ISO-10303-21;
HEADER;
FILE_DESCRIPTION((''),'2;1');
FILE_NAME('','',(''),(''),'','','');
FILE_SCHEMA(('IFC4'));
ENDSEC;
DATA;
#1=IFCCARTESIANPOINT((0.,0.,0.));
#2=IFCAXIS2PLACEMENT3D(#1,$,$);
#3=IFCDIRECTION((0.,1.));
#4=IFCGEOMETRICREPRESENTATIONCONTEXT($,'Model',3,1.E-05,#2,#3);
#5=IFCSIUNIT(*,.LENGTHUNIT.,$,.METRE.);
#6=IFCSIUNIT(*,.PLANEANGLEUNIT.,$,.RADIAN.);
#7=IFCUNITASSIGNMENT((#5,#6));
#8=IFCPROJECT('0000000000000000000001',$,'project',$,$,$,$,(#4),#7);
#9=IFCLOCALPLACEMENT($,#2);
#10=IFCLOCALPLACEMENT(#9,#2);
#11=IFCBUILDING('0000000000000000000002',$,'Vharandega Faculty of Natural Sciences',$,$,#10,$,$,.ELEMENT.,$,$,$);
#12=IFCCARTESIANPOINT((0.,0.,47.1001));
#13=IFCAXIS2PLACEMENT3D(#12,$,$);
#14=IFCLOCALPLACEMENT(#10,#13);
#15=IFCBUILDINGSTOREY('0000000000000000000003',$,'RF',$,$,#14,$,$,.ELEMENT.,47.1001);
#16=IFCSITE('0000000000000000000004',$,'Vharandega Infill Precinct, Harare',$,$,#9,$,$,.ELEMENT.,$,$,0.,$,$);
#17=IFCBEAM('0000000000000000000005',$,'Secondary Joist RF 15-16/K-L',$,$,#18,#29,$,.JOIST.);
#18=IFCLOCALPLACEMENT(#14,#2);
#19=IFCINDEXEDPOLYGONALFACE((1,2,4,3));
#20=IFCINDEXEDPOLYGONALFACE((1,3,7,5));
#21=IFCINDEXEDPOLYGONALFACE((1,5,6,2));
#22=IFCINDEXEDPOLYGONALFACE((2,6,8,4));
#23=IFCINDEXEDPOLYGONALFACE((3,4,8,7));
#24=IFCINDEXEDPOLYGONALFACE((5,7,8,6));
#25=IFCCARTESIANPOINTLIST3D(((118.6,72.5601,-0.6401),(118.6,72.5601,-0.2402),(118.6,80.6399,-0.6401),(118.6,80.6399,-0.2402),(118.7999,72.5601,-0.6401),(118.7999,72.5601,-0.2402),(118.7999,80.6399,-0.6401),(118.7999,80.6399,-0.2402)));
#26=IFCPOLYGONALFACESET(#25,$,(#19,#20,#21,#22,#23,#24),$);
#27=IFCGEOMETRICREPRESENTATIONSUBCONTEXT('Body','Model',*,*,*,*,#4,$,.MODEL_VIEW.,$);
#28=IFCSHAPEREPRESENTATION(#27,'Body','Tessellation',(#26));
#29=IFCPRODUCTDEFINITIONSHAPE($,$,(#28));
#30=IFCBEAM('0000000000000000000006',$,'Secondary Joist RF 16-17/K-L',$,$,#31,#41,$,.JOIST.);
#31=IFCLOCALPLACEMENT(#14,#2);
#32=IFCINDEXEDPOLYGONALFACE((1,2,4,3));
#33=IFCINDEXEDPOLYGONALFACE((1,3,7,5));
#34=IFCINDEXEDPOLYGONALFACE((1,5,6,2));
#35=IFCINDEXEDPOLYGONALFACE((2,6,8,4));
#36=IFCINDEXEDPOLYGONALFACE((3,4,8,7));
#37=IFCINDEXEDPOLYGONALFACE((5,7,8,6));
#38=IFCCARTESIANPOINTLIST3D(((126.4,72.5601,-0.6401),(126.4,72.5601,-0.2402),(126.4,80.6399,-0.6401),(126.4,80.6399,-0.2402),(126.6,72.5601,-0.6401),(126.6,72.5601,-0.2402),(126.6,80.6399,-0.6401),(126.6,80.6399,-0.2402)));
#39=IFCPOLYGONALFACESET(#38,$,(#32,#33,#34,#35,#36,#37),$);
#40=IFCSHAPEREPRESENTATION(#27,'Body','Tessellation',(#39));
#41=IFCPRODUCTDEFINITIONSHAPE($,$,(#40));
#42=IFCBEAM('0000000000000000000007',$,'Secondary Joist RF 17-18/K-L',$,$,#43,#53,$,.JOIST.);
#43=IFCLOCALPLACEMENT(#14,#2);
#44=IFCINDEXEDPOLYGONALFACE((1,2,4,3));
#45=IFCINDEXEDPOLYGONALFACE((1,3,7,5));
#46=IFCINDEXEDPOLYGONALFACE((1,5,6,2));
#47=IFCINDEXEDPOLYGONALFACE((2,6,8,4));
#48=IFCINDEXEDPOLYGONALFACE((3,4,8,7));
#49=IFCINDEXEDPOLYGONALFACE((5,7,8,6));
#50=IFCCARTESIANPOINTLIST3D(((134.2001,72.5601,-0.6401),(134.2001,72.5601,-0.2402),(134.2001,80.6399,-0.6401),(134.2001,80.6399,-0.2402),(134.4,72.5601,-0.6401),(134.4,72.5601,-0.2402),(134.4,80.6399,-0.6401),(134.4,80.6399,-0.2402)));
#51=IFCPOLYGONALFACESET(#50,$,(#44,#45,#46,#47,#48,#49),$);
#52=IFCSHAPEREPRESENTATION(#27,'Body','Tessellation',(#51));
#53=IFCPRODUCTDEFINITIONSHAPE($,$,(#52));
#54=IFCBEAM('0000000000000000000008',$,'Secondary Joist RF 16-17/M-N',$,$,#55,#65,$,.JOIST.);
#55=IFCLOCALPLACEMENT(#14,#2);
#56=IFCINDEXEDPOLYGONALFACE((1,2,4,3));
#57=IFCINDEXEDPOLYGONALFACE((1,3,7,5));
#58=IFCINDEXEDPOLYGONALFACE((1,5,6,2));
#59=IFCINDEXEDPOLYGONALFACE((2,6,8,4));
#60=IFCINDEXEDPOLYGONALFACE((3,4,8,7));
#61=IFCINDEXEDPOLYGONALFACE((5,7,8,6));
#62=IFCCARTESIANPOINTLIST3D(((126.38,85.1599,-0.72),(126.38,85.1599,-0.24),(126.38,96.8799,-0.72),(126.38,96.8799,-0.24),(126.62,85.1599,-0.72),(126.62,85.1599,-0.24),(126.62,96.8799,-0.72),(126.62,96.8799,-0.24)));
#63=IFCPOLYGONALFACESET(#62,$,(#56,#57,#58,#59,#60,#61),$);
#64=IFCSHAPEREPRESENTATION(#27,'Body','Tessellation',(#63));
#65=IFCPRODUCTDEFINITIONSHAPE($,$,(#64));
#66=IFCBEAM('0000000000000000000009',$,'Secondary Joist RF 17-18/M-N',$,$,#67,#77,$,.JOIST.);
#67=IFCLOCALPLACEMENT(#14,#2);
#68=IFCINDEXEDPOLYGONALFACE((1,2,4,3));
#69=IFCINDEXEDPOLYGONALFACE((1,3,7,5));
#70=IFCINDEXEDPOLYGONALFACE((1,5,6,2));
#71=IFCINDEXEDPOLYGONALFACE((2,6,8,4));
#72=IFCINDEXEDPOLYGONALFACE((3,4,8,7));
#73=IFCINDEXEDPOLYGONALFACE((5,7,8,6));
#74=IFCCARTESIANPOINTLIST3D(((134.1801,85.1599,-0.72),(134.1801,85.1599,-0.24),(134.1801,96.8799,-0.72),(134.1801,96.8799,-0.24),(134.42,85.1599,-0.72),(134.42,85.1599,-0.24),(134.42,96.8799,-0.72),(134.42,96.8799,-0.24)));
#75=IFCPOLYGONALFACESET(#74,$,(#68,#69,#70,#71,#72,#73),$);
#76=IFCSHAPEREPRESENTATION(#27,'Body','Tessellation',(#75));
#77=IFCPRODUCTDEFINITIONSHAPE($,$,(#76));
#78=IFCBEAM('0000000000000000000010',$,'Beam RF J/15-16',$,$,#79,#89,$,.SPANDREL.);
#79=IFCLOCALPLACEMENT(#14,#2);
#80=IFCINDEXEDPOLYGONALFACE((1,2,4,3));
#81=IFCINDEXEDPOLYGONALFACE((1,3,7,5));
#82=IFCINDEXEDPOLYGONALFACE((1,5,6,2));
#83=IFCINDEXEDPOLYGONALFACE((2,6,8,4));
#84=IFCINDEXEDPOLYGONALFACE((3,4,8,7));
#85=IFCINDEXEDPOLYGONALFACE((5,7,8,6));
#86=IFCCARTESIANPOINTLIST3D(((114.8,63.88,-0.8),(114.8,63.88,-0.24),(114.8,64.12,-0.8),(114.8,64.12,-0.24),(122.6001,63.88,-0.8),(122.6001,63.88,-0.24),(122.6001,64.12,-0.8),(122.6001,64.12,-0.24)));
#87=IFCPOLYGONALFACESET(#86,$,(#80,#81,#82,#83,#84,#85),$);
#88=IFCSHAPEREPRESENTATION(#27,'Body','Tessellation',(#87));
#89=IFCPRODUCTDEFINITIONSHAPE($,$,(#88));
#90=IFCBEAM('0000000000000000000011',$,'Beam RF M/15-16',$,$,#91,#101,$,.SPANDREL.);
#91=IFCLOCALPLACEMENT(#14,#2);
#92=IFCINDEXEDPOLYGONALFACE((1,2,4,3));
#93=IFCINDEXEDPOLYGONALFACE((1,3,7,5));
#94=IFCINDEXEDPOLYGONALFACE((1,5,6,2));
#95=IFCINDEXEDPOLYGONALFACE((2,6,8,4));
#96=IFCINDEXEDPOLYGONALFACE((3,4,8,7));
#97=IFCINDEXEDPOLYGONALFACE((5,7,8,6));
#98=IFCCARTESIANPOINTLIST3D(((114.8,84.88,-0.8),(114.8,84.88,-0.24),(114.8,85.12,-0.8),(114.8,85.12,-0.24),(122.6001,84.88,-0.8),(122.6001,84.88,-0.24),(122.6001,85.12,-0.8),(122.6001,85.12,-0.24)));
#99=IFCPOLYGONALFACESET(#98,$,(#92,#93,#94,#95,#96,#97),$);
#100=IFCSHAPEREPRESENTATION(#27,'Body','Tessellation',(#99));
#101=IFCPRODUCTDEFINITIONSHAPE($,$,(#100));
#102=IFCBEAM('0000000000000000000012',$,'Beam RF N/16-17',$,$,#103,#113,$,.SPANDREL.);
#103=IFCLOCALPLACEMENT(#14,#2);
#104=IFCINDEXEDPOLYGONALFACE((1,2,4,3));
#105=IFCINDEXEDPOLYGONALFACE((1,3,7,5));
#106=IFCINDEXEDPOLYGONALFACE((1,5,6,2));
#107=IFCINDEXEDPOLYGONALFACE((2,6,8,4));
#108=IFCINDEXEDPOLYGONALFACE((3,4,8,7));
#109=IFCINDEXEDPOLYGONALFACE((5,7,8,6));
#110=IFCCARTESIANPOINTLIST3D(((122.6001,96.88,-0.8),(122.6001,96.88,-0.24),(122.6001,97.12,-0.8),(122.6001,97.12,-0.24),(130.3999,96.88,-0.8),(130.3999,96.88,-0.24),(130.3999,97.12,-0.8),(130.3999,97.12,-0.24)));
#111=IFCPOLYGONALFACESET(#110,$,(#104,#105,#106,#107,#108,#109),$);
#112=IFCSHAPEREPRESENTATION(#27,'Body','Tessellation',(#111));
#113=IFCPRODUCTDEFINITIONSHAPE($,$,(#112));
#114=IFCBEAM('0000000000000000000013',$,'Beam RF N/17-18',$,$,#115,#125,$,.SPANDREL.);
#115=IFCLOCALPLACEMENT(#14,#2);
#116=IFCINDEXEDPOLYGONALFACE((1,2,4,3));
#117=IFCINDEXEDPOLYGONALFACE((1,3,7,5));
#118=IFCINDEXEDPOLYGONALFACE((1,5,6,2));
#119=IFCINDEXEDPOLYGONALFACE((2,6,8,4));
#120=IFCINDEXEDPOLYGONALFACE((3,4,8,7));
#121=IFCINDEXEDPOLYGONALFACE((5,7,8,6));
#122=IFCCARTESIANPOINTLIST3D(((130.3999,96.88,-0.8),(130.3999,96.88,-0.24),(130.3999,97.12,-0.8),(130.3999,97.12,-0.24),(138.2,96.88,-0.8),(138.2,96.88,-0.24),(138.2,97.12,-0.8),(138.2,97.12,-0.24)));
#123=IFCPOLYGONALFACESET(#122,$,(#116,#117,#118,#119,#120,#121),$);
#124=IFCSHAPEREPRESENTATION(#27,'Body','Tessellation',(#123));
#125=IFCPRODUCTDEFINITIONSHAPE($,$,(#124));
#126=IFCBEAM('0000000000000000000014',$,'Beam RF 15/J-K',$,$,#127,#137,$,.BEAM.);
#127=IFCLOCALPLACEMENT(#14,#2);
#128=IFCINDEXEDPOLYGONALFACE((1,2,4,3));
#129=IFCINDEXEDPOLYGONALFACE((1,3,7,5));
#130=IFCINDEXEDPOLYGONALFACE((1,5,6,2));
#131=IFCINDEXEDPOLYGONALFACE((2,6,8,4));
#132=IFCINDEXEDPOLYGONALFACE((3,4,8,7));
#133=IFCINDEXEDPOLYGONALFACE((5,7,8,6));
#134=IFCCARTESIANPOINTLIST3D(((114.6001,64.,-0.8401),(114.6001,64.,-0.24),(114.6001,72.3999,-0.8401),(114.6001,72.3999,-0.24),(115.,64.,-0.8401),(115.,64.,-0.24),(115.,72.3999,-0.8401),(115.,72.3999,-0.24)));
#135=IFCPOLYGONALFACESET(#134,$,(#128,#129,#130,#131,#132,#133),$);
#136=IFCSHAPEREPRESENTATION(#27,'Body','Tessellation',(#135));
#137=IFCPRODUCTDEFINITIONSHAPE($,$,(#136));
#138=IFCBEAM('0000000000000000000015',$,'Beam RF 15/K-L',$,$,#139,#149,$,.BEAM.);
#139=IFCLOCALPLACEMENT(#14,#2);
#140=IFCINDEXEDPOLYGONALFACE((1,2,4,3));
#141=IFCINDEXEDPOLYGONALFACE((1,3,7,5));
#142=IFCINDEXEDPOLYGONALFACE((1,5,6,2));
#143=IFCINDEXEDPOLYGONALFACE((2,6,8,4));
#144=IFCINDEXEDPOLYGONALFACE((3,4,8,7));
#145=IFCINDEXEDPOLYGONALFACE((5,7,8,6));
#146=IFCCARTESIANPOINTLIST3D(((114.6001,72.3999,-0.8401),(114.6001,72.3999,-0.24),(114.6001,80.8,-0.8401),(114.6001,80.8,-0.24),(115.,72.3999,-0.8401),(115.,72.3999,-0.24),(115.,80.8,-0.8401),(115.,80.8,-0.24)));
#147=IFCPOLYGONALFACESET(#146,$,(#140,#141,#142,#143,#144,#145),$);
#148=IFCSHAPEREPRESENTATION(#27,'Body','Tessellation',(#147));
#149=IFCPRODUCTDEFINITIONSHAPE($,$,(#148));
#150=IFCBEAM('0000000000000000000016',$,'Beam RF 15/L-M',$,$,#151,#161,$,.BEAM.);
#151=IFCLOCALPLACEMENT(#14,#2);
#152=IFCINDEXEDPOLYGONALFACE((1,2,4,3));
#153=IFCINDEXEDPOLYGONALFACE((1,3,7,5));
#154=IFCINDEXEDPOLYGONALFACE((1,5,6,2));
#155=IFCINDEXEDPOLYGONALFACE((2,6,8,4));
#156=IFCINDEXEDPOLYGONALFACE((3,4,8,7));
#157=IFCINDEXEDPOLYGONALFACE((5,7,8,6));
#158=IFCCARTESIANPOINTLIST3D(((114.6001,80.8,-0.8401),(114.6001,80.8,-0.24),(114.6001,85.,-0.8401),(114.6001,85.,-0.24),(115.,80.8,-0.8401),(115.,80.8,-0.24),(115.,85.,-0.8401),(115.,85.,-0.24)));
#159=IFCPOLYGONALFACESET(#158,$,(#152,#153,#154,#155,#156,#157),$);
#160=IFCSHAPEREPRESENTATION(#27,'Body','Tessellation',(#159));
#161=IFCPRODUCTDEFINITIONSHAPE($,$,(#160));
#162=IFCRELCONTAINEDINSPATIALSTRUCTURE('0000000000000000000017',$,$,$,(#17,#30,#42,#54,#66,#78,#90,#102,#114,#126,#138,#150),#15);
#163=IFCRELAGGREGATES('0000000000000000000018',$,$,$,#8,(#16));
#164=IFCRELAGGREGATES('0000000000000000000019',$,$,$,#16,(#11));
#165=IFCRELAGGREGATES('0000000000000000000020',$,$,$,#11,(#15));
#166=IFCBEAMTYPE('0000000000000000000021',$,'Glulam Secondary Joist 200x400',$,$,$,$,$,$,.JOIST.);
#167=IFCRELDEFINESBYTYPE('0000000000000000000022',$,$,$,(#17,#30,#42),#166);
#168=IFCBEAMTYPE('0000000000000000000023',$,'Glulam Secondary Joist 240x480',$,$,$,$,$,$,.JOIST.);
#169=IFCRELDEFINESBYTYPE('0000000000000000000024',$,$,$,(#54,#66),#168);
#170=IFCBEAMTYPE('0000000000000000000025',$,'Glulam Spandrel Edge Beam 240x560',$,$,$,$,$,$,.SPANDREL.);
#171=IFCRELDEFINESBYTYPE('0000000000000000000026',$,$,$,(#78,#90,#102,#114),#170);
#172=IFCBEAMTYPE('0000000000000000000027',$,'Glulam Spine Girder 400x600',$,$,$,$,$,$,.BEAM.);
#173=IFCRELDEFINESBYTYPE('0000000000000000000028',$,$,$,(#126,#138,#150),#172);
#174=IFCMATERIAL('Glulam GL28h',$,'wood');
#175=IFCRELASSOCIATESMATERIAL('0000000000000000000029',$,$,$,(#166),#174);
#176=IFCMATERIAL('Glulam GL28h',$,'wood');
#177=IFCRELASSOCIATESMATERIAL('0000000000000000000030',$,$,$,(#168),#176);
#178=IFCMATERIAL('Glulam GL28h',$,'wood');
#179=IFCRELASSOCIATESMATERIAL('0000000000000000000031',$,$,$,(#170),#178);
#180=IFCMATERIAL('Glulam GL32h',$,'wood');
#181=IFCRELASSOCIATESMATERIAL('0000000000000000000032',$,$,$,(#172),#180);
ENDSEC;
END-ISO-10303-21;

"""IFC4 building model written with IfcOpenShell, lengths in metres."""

from ifc_helpers import new_model, si_unit, direction, frame, origin, origin_2d, place, context, subcontext, project, spatial, rectangle, extrude, material, material_profile, profile_set, type_object, element, save


model = new_model("IFC4")

# Units and contexts
model_context = context("Model", 3, precision=1e-05, world=origin(), true_north=direction((0.0, 1.0)))
body_context = subcontext(model_context, "Body", "Model", "MODEL_VIEW")
ifc_project = project(units=[si_unit("LENGTHUNIT", "METRE"), si_unit("PLANEANGLEUNIT", "RADIAN")], contexts=[model_context])

# Site, building, storey
site_placement = place(None, origin())
site = spatial("IfcSite", under=ifc_project, at=site_placement, Name="Vharandega Infill Precinct, Harare", CompositionType="ELEMENT", RefElevation=0.0)
building_placement = place(site_placement, origin())
building = spatial("IfcBuilding", under=site, at=building_placement, Name="Vharandega Faculty of Natural Sciences", CompositionType="ELEMENT")
storey_placement = place(building_placement, frame((0.0, 0.0, 47.1001)))
storey = spatial("IfcBuildingStorey", under=building, at=storey_placement, Name="RF", CompositionType="ELEMENT", Elevation=47.1001)

# Beams
ifc_material_1 = material(Name="Glulam GL28h", Category="wood")
ifc_material_profile_1 = material_profile(ifc_material_1, rectangle(XDim=0.2, YDim=0.3999, at=origin_2d()), Name="GL28h 200x400")
ifc_profile_set_1 = profile_set([ifc_material_profile_1], Name="Glulam GL28h")
beam_type_1 = type_object("IfcBeamType", Name="Glulam Secondary Joist 200x400", PredefinedType="JOIST", material=ifc_profile_set_1)
for number, where, z_axis, x_axis, name in (
    (1, (118.7, 72.5601, -0.4402), (0.0, 1.0, 0.0), (-1.0, 0.0, 0.0), "Secondary Joist RF 15-16/K-L"),
    (2, (126.5, 72.5601, -0.4402), (0.0, 1.0, 0.0), (-1.0, 0.0, 0.0), "Secondary Joist RF 16-17/K-L"),
    (3, (134.3, 72.5601, -0.4402), (0.0, 1.0, 0.0), (-1.0, 0.0, 0.0), "Secondary Joist RF 17-18/K-L"),
):
    element("IfcBeam", number, at=place(storey_placement, frame(where, z_axis=z_axis, x_axis=x_axis)), inside=storey, type_object=beam_type_1, Name=name, PredefinedType="JOIST", context=body_context, shape_type="SweptSolid", body=[
        extrude(rectangle(XDim=0.2, YDim=0.3999, at=origin_2d()), origin(), (0.0, 0.0, 1.0), 8.0798),
    ])
ifc_material_2 = material(Name="Glulam GL28h", Category="wood")
ifc_material_profile_2 = material_profile(ifc_material_2, rectangle(XDim=0.24, YDim=0.48, at=origin_2d()), Name="GL28h 240x480")
ifc_profile_set_2 = profile_set([ifc_material_profile_2], Name="Glulam GL28h")
beam_type_2 = type_object("IfcBeamType", Name="Glulam Secondary Joist 240x480", PredefinedType="JOIST", material=ifc_profile_set_2)
for number, where, z_axis, x_axis, name in (
    (4, (126.5, 85.1599, -0.48), (0.0, 1.0, 0.0), (-1.0, 0.0, 0.0), "Secondary Joist RF 16-17/M-N"),
    (5, (134.3, 85.1599, -0.48), (0.0, 1.0, 0.0), (-1.0, 0.0, 0.0), "Secondary Joist RF 17-18/M-N"),
):
    element("IfcBeam", number, at=place(storey_placement, frame(where, z_axis=z_axis, x_axis=x_axis)), inside=storey, type_object=beam_type_2, Name=name, PredefinedType="JOIST", context=body_context, shape_type="SweptSolid", body=[
        extrude(rectangle(XDim=0.24, YDim=0.48, at=origin_2d()), origin(), (0.0, 0.0, 1.0), 11.72),
    ])
ifc_material_3 = material(Name="Glulam GL28h", Category="wood")
ifc_material_profile_3 = material_profile(ifc_material_3, rectangle(XDim=0.24, YDim=0.5601, at=origin_2d()), Name="GL28h 240x560")
ifc_profile_set_3 = profile_set([ifc_material_profile_3], Name="Glulam GL28h")
beam_type_3 = type_object("IfcBeamType", Name="Glulam Spandrel Edge Beam 240x560", PredefinedType="SPANDREL", material=ifc_profile_set_3)
for number, where, z_axis, x_axis, name in (
    (6, (114.8, 64.0, -0.52), (1.0, 0.0, 0.0), (0.0, 1.0, 0.0), "Beam RF J/15-16"),
    (7, (114.8, 85.0, -0.52), (1.0, 0.0, 0.0), (0.0, 1.0, 0.0), "Beam RF M/15-16"),
):
    element("IfcBeam", number, at=place(storey_placement, frame(where, z_axis=z_axis, x_axis=x_axis)), inside=storey, type_object=beam_type_3, Name=name, PredefinedType="SPANDREL", context=body_context, shape_type="SweptSolid", body=[
        extrude(rectangle(XDim=0.24, YDim=0.5601, at=origin_2d()), origin(), (0.0, 0.0, 1.0), 7.8),
    ])
beam_1_placement = place(storey_placement, frame((122.6001, 97.0, -0.52), z_axis=(1.0, 0.0, 0.0), x_axis=(0.0, 1.0, 0.0)))
element("IfcBeam", 8, at=beam_1_placement, inside=storey, type_object=beam_type_3, Name="Beam RF N/16-17", PredefinedType="SPANDREL", context=body_context, shape_type="SweptSolid", body=[
    extrude(rectangle(XDim=0.24, YDim=0.5601, at=origin_2d()), origin(), (0.0, 0.0, 1.0), 7.7998),
])
beam_2_placement = place(storey_placement, frame((130.3999, 97.0, -0.52), z_axis=(1.0, 0.0, 0.0), x_axis=(0.0, 1.0, 0.0)))
element("IfcBeam", 9, at=beam_2_placement, inside=storey, type_object=beam_type_3, Name="Beam RF N/17-18", PredefinedType="SPANDREL", context=body_context, shape_type="SweptSolid", body=[
    extrude(rectangle(XDim=0.24, YDim=0.5601, at=origin_2d()), origin(), (0.0, 0.0, 1.0), 7.8),
])
ifc_material_4 = material(Name="Glulam GL32h", Category="wood")
ifc_material_profile_4 = material_profile(ifc_material_4, rectangle(XDim=0.3999, YDim=0.6001, at=origin_2d()), Name="GL32h 400x600")
ifc_profile_set_4 = profile_set([ifc_material_profile_4], Name="Glulam GL32h")
beam_type_4 = type_object("IfcBeamType", Name="Glulam Spine Girder 400x600", PredefinedType="BEAM", material=ifc_profile_set_4)
beam_3_placement = place(storey_placement, frame((114.8, 64.0, -0.54), z_axis=(0.0, 1.0, 0.0), x_axis=(-1.0, 0.0, 0.0)))
element("IfcBeam", 10, at=beam_3_placement, inside=storey, type_object=beam_type_4, Name="Beam RF 15/J-K", PredefinedType="BEAM", context=body_context, shape_type="SweptSolid", body=[
    extrude(rectangle(XDim=0.3999, YDim=0.6001, at=origin_2d()), origin(), (0.0, 0.0, 1.0), 8.3999),
])
beam_4_placement = place(storey_placement, frame((114.8, 72.3999, -0.54), z_axis=(0.0, 1.0, 0.0), x_axis=(-1.0, 0.0, 0.0)))
element("IfcBeam", 11, at=beam_4_placement, inside=storey, type_object=beam_type_4, Name="Beam RF 15/K-L", PredefinedType="BEAM", context=body_context, shape_type="SweptSolid", body=[
    extrude(rectangle(XDim=0.3999, YDim=0.6001, at=origin_2d()), origin(), (0.0, 0.0, 1.0), 8.4001),
])
beam_5_placement = place(storey_placement, frame((114.8, 80.8, -0.54), z_axis=(0.0, 1.0, 0.0), x_axis=(-1.0, 0.0, 0.0)))
element("IfcBeam", 12, at=beam_5_placement, inside=storey, type_object=beam_type_4, Name="Beam RF 15/L-M", PredefinedType="BEAM", context=body_context, shape_type="SweptSolid", body=[
    extrude(rectangle(XDim=0.3999, YDim=0.6001, at=origin_2d()), origin(), (0.0, 0.0, 1.0), 4.2),
])

save(model, "model.ifc")
